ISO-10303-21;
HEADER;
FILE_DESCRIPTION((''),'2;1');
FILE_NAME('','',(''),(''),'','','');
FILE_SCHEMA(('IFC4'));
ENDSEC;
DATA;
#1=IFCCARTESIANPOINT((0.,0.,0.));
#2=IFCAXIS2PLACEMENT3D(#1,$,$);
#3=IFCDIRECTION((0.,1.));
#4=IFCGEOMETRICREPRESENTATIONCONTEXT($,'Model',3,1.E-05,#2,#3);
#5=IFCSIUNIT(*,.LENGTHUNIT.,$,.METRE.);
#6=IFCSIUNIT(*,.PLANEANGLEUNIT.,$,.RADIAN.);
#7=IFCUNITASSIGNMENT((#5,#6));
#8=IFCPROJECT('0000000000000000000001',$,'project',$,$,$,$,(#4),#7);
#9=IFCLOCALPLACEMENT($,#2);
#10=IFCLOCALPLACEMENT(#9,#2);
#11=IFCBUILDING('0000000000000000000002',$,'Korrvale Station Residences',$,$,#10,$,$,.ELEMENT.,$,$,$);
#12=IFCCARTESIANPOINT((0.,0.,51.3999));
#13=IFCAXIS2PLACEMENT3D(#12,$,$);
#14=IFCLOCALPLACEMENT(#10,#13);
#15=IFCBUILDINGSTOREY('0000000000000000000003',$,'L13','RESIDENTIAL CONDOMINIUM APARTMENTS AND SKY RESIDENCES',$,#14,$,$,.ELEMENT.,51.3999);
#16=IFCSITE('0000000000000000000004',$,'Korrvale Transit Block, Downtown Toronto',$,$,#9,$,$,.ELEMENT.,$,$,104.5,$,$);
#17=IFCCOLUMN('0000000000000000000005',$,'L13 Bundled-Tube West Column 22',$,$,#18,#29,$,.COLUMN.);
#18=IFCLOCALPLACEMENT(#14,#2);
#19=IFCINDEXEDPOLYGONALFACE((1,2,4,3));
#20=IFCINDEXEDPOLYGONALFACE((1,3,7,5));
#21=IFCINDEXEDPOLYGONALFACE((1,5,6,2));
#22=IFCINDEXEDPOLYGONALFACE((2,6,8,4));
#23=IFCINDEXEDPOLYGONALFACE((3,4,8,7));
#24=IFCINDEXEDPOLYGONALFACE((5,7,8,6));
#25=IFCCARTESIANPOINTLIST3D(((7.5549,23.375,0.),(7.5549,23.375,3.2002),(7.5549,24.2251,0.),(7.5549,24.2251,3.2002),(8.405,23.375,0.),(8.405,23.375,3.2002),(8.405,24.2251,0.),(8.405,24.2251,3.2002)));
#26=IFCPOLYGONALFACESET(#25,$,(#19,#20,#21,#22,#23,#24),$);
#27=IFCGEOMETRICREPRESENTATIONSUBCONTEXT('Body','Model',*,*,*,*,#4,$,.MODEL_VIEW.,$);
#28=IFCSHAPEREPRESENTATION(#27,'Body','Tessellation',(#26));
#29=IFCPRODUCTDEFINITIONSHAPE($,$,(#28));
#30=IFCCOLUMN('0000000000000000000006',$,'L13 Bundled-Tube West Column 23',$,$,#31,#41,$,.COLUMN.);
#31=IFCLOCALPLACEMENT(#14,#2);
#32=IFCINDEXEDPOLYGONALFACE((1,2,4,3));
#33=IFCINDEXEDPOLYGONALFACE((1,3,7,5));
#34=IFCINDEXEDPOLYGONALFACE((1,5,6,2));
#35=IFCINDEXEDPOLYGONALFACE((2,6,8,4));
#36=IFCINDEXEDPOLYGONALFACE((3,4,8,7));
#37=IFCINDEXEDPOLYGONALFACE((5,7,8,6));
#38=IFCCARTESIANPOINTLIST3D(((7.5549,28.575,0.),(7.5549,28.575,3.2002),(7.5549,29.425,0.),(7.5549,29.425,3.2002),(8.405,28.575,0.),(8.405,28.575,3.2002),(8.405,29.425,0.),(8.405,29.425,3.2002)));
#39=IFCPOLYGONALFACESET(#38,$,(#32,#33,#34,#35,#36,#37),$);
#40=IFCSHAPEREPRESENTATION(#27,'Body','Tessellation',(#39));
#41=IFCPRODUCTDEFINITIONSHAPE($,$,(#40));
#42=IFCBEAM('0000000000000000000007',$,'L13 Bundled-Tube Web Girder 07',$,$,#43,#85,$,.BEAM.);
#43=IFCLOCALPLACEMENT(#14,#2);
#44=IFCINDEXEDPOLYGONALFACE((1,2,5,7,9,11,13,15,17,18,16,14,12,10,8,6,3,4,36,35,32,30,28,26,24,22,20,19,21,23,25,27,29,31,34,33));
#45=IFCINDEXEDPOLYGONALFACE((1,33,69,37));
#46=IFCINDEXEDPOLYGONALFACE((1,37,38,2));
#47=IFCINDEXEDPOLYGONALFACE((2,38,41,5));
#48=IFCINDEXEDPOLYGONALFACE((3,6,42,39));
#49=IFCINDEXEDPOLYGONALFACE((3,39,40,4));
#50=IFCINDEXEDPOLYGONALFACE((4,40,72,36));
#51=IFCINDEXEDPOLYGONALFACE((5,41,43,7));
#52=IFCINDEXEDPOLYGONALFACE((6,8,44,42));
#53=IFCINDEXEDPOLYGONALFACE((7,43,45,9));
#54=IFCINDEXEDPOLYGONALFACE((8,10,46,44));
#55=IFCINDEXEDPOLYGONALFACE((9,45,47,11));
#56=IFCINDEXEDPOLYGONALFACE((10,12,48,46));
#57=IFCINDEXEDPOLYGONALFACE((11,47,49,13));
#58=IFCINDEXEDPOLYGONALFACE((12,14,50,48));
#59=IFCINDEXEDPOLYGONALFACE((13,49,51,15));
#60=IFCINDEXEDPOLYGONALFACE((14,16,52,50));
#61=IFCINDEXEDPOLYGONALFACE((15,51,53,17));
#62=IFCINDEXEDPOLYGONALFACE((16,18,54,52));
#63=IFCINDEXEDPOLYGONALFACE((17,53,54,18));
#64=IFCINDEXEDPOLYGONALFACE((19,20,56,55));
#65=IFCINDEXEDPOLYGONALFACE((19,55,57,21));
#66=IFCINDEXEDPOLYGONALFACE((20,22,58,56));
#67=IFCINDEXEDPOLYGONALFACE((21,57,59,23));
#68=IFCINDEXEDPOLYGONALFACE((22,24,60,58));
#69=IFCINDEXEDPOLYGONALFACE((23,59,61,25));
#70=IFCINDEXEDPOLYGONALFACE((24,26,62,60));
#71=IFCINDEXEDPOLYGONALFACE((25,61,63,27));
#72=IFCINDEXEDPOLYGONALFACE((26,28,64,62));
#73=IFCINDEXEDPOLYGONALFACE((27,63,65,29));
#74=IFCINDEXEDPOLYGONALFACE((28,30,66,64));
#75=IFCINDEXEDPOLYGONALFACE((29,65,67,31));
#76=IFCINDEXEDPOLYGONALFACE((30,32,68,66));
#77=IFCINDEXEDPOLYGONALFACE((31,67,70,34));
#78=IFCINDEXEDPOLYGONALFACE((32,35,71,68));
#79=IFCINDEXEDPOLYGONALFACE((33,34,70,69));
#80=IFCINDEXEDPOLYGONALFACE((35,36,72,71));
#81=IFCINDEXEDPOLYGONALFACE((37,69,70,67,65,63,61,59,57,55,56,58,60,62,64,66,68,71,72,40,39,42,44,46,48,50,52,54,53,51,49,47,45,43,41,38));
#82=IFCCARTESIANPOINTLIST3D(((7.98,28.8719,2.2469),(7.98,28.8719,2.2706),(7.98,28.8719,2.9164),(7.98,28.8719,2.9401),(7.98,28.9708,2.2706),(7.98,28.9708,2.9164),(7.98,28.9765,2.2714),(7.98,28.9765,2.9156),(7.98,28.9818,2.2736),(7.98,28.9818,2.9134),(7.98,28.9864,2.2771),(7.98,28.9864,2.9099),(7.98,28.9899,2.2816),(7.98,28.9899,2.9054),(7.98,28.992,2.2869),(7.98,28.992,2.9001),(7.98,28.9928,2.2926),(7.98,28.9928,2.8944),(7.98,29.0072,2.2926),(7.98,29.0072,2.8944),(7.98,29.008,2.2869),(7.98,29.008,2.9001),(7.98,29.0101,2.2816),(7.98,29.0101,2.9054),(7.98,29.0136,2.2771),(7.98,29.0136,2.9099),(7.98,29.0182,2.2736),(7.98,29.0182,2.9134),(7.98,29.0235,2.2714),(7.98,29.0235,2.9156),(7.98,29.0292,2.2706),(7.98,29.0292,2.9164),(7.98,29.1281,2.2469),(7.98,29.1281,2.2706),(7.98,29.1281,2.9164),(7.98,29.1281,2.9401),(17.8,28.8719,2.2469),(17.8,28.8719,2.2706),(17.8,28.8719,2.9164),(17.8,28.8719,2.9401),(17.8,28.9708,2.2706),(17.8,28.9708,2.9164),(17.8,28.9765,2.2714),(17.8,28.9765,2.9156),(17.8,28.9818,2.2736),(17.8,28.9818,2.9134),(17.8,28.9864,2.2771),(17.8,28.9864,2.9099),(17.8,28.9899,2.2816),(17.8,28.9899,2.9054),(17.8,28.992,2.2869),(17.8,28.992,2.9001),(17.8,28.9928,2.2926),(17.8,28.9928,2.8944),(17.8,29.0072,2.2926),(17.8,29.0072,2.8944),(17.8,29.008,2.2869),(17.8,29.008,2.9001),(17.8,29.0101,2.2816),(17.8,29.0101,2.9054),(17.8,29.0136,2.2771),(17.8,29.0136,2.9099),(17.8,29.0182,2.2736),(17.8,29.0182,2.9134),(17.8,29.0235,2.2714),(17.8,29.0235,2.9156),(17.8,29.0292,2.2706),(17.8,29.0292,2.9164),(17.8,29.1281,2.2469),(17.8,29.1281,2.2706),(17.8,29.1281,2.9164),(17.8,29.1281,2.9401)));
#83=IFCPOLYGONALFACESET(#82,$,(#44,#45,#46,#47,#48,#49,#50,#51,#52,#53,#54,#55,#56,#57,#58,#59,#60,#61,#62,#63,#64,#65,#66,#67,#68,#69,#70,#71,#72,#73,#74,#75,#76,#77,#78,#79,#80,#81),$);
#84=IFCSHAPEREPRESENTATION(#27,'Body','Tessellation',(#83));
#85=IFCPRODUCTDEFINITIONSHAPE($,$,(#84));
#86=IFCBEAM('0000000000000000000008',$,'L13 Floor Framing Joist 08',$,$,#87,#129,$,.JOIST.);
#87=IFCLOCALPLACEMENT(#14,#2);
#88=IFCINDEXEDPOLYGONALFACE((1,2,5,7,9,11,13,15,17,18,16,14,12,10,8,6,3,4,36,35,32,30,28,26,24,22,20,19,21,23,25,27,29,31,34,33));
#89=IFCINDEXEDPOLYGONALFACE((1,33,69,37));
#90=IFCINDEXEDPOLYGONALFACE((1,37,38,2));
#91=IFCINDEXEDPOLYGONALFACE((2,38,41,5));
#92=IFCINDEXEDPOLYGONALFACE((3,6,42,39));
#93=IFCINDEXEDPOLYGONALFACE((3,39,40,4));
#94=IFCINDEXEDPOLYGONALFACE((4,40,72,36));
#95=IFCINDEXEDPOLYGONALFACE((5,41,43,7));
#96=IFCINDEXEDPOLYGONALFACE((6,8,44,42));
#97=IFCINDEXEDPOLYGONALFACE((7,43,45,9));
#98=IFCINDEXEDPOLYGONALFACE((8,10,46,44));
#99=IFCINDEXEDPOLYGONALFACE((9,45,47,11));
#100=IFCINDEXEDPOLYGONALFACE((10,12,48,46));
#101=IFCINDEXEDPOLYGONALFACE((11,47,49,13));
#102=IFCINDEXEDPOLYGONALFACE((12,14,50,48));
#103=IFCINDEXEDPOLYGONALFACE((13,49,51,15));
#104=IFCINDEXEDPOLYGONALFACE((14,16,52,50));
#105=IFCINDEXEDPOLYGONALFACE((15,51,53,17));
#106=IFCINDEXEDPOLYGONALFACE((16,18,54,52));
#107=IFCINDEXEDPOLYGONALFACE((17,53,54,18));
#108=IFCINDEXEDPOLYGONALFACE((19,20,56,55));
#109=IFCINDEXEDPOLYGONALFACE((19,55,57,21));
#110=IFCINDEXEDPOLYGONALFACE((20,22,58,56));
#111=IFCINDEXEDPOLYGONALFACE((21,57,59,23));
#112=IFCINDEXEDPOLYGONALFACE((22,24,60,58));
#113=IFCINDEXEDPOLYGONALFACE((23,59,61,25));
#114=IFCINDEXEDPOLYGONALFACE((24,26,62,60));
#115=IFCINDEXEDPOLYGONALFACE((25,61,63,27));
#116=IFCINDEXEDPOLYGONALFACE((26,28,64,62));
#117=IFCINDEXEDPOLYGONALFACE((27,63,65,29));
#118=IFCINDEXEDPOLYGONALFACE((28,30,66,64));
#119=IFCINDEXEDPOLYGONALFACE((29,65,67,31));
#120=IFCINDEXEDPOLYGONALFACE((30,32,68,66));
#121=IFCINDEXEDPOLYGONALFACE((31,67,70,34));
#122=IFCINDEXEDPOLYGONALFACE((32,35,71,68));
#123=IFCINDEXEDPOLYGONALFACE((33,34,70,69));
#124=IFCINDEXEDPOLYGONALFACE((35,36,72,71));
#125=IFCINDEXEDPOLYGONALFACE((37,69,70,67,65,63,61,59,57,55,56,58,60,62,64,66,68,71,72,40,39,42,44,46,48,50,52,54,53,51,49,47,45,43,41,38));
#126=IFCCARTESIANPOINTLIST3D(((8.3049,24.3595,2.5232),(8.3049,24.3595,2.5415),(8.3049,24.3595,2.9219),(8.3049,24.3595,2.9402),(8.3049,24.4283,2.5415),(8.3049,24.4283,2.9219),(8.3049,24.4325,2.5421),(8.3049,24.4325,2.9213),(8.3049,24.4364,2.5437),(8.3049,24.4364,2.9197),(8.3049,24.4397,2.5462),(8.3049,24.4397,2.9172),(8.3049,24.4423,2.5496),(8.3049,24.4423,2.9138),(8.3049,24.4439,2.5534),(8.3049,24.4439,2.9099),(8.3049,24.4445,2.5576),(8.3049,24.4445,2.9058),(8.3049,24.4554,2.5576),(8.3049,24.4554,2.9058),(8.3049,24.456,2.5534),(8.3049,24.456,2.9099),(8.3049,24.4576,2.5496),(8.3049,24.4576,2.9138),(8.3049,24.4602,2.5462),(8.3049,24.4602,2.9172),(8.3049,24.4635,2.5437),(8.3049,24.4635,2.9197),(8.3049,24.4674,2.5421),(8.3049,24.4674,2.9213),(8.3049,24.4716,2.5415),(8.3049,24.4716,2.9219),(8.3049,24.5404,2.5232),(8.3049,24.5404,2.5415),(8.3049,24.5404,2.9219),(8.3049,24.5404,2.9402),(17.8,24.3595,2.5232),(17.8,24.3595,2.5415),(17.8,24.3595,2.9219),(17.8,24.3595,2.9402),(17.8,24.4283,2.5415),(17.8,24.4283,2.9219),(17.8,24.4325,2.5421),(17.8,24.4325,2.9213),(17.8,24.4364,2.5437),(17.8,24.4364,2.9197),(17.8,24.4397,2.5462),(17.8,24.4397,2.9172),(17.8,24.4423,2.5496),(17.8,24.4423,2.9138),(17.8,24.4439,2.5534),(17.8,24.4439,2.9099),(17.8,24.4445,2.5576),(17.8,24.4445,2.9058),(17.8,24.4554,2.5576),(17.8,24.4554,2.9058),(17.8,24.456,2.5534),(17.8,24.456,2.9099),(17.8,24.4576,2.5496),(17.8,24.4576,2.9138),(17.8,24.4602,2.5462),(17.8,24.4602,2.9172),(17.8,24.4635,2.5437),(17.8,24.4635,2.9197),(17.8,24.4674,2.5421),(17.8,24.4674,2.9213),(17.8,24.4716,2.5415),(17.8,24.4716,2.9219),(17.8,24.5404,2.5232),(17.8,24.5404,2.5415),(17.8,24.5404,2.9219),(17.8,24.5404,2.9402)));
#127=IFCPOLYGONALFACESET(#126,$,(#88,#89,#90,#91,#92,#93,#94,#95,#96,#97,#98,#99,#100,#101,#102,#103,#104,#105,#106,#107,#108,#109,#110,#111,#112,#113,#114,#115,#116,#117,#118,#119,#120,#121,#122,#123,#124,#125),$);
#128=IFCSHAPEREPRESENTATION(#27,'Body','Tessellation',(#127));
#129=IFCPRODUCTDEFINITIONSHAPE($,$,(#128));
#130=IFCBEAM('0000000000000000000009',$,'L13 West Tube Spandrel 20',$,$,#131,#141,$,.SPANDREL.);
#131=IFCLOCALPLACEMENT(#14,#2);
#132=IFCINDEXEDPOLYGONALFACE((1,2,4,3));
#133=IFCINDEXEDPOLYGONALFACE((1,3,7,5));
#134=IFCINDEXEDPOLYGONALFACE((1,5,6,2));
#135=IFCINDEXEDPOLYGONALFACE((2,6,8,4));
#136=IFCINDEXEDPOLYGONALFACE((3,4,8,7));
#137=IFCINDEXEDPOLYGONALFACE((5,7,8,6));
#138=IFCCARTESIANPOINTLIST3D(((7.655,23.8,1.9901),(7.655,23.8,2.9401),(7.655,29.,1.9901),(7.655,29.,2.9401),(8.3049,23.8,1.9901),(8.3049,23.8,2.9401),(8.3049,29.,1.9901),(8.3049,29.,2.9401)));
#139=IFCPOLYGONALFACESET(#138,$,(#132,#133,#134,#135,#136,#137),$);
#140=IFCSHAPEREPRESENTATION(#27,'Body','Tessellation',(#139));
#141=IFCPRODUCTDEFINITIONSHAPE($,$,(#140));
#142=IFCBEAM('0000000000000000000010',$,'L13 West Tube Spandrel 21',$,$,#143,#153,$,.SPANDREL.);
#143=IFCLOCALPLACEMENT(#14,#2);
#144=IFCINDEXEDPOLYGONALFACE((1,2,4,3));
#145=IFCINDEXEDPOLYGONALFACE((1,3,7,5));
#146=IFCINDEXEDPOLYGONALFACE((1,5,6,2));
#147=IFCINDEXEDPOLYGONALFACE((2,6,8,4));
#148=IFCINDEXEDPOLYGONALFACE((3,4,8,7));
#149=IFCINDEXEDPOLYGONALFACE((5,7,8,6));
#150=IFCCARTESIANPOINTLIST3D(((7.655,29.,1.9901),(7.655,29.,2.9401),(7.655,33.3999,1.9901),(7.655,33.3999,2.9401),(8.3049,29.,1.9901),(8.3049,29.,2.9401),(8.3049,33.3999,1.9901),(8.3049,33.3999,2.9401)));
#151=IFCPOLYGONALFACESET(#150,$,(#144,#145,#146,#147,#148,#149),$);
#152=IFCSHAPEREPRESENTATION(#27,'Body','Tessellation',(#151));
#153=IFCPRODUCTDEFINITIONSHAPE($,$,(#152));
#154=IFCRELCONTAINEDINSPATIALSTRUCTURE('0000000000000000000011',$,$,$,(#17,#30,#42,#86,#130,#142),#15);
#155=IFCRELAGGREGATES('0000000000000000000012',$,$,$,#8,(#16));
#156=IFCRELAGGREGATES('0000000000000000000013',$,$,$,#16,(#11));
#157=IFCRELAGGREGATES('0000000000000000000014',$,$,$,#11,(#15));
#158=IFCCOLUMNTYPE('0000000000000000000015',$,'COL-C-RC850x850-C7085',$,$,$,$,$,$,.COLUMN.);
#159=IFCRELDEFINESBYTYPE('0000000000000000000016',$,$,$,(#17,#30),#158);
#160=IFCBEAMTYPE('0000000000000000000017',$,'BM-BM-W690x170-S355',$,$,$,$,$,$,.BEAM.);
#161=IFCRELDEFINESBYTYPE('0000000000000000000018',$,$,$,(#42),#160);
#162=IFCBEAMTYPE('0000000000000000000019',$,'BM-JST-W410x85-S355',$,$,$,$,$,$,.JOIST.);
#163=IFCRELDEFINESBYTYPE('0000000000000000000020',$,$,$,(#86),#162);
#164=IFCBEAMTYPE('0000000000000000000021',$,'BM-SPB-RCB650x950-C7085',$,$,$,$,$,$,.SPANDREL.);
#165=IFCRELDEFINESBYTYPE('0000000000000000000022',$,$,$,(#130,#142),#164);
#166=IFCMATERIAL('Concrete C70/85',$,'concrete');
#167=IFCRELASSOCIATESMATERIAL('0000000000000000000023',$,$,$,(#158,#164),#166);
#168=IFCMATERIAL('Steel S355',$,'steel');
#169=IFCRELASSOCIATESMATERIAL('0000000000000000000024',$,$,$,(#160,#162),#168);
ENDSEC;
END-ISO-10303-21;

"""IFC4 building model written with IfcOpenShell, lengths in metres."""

from ifc_helpers import new_model, si_unit, direction, frame, origin, origin_2d, place, context, subcontext, project, spatial, rectangle, i_section, extrude, material, material_profile, profile_set, type_object, element, save


model = new_model("IFC4")

# Units and contexts
model_context = context("Model", 3, precision=1e-05, world=origin(), true_north=direction((0.0, 1.0)))
body_context = subcontext(model_context, "Body", "Model", "MODEL_VIEW")
ifc_project = project(units=[si_unit("LENGTHUNIT", "METRE"), si_unit("PLANEANGLEUNIT", "RADIAN")], contexts=[model_context])

# Site, building, storey
site_placement = place(None, origin())
site = spatial("IfcSite", under=ifc_project, at=site_placement, Name="Korrvale Transit Block, Downtown Toronto", CompositionType="ELEMENT", RefElevation=104.5)
building_placement = place(site_placement, origin())
building = spatial("IfcBuilding", under=site, at=building_placement, Name="Korrvale Station Residences", CompositionType="ELEMENT")
storey_placement = place(building_placement, frame((0.0, 0.0, 51.3999)))
storey = spatial("IfcBuildingStorey", under=building, at=storey_placement, Name="L13", Description="RESIDENTIAL CONDOMINIUM APARTMENTS AND SKY RESIDENCES", CompositionType="ELEMENT", Elevation=51.3999)

# Columns
ifc_material_1 = material(Name="Concrete C70/85", Category="concrete")
ifc_material_profile_1 = material_profile(ifc_material_1, rectangle(XDim=0.8501, YDim=0.8501, at=origin_2d()), Name="RC850x850")
ifc_profile_set_1 = profile_set([ifc_material_profile_1], Name="Concrete C70/85")
column_type = type_object("IfcColumnType", Name="COL-C-RC850x850-C7085", PredefinedType="COLUMN", material=ifc_profile_set_1)
for number, where, z_axis, x_axis, name in (
    (1, (7.98, 23.8, 0.0), (0.0, 0.0, 1.0), (1.0, 0.0, 0.0), "L13 Bundled-Tube West Column 22"),
    (2, (7.98, 29.0, 0.0), (0.0, 0.0, 1.0), (1.0, 0.0, 0.0), "L13 Bundled-Tube West Column 23"),
):
    element("IfcColumn", number, at=place(storey_placement, frame(where, z_axis=z_axis, x_axis=x_axis)), inside=storey, type_object=column_type, Name=name, PredefinedType="COLUMN", context=body_context, shape_type="SweptSolid", body=[
        extrude(rectangle(XDim=0.8501, YDim=0.8501, at=origin_2d()), origin(), (0.0, 0.0, 1.0), 3.2002),
    ])

# Beams
ifc_material_2 = material(Name="Steel S355", Category="steel")
ifc_material_profile_2 = material_profile(ifc_material_2, i_section(OverallWidth=0.2561, OverallDepth=0.6931, WebThickness=0.0144, FlangeThickness=0.0237, FilletRadius=0.022, at=origin_2d()), Name="W690x170")
ifc_profile_set_2 = profile_set([ifc_material_profile_2], Name="Steel S355")
beam_type_1 = type_object("IfcBeamType", Name="BM-BM-W690x170-S355", PredefinedType="BEAM", material=ifc_profile_set_2)
beam_1_placement = place(storey_placement, frame((7.98, 29.0, 2.5935), z_axis=(1.0, 0.0, 0.0), x_axis=(0.0, 1.0, 0.0)))
element("IfcBeam", 3, at=beam_1_placement, inside=storey, type_object=beam_type_1, Name="L13 Bundled-Tube Web Girder 07", PredefinedType="BEAM", context=body_context, shape_type="SweptSolid", body=[
    extrude(i_section(OverallWidth=0.2561, OverallDepth=0.6931, WebThickness=0.0144, FlangeThickness=0.0237, FilletRadius=0.022, at=origin_2d()), origin(), (0.0, 0.0, 1.0), 9.8201),
])
ifc_material_profile_3 = material_profile(ifc_material_2, i_section(OverallWidth=0.1809, OverallDepth=0.417, WebThickness=0.011, FlangeThickness=0.0183, FilletRadius=0.0161, at=origin_2d()), Name="W410x85")
ifc_profile_set_3 = profile_set([ifc_material_profile_3], Name="Steel S355")
beam_type_2 = type_object("IfcBeamType", Name="BM-JST-W410x85-S355", PredefinedType="JOIST", material=ifc_profile_set_3)
beam_2_placement = place(storey_placement, frame((8.3049, 24.45, 2.7317), z_axis=(1.0, 0.0, 0.0), x_axis=(0.0, 1.0, 0.0)))
element("IfcBeam", 4, at=beam_2_placement, inside=storey, type_object=beam_type_2, Name="L13 Floor Framing Joist 08", PredefinedType="JOIST", context=body_context, shape_type="SweptSolid", body=[
    extrude(i_section(OverallWidth=0.1809, OverallDepth=0.417, WebThickness=0.011, FlangeThickness=0.0183, FilletRadius=0.0161, at=origin_2d()), origin(), (0.0, 0.0, 1.0), 9.4951),
])
ifc_material_profile_4 = material_profile(ifc_material_1, rectangle(XDim=0.6499, YDim=0.95, at=origin_2d()), Name="RCB650x950")
ifc_profile_set_4 = profile_set([ifc_material_profile_4], Name="Concrete C70/85")
beam_type_3 = type_object("IfcBeamType", Name="BM-SPB-RCB650x950-C7085", PredefinedType="SPANDREL", material=ifc_profile_set_4)
beam_3_placement = place(storey_placement, frame((7.98, 23.8, 2.4651), z_axis=(0.0, 1.0, 0.0), x_axis=(-1.0, 0.0, 0.0)))
element("IfcBeam", 5, at=beam_3_placement, inside=storey, type_object=beam_type_3, Name="L13 West Tube Spandrel 20", PredefinedType="SPANDREL", context=body_context, shape_type="SweptSolid", body=[
    extrude(rectangle(XDim=0.6499, YDim=0.95, at=origin_2d()), origin(), (0.0, 0.0, 1.0), 5.2),
])
beam_4_placement = place(storey_placement, frame((7.98, 29.0, 2.4651), z_axis=(0.0, 1.0, 0.0), x_axis=(-1.0, 0.0, 0.0)))
element("IfcBeam", 6, at=beam_4_placement, inside=storey, type_object=beam_type_3, Name="L13 West Tube Spandrel 21", PredefinedType="SPANDREL", context=body_context, shape_type="SweptSolid", body=[
    extrude(rectangle(XDim=0.6499, YDim=0.95, at=origin_2d()), origin(), (0.0, 0.0, 1.0), 4.3999),
])

save(model, "model.ifc")
